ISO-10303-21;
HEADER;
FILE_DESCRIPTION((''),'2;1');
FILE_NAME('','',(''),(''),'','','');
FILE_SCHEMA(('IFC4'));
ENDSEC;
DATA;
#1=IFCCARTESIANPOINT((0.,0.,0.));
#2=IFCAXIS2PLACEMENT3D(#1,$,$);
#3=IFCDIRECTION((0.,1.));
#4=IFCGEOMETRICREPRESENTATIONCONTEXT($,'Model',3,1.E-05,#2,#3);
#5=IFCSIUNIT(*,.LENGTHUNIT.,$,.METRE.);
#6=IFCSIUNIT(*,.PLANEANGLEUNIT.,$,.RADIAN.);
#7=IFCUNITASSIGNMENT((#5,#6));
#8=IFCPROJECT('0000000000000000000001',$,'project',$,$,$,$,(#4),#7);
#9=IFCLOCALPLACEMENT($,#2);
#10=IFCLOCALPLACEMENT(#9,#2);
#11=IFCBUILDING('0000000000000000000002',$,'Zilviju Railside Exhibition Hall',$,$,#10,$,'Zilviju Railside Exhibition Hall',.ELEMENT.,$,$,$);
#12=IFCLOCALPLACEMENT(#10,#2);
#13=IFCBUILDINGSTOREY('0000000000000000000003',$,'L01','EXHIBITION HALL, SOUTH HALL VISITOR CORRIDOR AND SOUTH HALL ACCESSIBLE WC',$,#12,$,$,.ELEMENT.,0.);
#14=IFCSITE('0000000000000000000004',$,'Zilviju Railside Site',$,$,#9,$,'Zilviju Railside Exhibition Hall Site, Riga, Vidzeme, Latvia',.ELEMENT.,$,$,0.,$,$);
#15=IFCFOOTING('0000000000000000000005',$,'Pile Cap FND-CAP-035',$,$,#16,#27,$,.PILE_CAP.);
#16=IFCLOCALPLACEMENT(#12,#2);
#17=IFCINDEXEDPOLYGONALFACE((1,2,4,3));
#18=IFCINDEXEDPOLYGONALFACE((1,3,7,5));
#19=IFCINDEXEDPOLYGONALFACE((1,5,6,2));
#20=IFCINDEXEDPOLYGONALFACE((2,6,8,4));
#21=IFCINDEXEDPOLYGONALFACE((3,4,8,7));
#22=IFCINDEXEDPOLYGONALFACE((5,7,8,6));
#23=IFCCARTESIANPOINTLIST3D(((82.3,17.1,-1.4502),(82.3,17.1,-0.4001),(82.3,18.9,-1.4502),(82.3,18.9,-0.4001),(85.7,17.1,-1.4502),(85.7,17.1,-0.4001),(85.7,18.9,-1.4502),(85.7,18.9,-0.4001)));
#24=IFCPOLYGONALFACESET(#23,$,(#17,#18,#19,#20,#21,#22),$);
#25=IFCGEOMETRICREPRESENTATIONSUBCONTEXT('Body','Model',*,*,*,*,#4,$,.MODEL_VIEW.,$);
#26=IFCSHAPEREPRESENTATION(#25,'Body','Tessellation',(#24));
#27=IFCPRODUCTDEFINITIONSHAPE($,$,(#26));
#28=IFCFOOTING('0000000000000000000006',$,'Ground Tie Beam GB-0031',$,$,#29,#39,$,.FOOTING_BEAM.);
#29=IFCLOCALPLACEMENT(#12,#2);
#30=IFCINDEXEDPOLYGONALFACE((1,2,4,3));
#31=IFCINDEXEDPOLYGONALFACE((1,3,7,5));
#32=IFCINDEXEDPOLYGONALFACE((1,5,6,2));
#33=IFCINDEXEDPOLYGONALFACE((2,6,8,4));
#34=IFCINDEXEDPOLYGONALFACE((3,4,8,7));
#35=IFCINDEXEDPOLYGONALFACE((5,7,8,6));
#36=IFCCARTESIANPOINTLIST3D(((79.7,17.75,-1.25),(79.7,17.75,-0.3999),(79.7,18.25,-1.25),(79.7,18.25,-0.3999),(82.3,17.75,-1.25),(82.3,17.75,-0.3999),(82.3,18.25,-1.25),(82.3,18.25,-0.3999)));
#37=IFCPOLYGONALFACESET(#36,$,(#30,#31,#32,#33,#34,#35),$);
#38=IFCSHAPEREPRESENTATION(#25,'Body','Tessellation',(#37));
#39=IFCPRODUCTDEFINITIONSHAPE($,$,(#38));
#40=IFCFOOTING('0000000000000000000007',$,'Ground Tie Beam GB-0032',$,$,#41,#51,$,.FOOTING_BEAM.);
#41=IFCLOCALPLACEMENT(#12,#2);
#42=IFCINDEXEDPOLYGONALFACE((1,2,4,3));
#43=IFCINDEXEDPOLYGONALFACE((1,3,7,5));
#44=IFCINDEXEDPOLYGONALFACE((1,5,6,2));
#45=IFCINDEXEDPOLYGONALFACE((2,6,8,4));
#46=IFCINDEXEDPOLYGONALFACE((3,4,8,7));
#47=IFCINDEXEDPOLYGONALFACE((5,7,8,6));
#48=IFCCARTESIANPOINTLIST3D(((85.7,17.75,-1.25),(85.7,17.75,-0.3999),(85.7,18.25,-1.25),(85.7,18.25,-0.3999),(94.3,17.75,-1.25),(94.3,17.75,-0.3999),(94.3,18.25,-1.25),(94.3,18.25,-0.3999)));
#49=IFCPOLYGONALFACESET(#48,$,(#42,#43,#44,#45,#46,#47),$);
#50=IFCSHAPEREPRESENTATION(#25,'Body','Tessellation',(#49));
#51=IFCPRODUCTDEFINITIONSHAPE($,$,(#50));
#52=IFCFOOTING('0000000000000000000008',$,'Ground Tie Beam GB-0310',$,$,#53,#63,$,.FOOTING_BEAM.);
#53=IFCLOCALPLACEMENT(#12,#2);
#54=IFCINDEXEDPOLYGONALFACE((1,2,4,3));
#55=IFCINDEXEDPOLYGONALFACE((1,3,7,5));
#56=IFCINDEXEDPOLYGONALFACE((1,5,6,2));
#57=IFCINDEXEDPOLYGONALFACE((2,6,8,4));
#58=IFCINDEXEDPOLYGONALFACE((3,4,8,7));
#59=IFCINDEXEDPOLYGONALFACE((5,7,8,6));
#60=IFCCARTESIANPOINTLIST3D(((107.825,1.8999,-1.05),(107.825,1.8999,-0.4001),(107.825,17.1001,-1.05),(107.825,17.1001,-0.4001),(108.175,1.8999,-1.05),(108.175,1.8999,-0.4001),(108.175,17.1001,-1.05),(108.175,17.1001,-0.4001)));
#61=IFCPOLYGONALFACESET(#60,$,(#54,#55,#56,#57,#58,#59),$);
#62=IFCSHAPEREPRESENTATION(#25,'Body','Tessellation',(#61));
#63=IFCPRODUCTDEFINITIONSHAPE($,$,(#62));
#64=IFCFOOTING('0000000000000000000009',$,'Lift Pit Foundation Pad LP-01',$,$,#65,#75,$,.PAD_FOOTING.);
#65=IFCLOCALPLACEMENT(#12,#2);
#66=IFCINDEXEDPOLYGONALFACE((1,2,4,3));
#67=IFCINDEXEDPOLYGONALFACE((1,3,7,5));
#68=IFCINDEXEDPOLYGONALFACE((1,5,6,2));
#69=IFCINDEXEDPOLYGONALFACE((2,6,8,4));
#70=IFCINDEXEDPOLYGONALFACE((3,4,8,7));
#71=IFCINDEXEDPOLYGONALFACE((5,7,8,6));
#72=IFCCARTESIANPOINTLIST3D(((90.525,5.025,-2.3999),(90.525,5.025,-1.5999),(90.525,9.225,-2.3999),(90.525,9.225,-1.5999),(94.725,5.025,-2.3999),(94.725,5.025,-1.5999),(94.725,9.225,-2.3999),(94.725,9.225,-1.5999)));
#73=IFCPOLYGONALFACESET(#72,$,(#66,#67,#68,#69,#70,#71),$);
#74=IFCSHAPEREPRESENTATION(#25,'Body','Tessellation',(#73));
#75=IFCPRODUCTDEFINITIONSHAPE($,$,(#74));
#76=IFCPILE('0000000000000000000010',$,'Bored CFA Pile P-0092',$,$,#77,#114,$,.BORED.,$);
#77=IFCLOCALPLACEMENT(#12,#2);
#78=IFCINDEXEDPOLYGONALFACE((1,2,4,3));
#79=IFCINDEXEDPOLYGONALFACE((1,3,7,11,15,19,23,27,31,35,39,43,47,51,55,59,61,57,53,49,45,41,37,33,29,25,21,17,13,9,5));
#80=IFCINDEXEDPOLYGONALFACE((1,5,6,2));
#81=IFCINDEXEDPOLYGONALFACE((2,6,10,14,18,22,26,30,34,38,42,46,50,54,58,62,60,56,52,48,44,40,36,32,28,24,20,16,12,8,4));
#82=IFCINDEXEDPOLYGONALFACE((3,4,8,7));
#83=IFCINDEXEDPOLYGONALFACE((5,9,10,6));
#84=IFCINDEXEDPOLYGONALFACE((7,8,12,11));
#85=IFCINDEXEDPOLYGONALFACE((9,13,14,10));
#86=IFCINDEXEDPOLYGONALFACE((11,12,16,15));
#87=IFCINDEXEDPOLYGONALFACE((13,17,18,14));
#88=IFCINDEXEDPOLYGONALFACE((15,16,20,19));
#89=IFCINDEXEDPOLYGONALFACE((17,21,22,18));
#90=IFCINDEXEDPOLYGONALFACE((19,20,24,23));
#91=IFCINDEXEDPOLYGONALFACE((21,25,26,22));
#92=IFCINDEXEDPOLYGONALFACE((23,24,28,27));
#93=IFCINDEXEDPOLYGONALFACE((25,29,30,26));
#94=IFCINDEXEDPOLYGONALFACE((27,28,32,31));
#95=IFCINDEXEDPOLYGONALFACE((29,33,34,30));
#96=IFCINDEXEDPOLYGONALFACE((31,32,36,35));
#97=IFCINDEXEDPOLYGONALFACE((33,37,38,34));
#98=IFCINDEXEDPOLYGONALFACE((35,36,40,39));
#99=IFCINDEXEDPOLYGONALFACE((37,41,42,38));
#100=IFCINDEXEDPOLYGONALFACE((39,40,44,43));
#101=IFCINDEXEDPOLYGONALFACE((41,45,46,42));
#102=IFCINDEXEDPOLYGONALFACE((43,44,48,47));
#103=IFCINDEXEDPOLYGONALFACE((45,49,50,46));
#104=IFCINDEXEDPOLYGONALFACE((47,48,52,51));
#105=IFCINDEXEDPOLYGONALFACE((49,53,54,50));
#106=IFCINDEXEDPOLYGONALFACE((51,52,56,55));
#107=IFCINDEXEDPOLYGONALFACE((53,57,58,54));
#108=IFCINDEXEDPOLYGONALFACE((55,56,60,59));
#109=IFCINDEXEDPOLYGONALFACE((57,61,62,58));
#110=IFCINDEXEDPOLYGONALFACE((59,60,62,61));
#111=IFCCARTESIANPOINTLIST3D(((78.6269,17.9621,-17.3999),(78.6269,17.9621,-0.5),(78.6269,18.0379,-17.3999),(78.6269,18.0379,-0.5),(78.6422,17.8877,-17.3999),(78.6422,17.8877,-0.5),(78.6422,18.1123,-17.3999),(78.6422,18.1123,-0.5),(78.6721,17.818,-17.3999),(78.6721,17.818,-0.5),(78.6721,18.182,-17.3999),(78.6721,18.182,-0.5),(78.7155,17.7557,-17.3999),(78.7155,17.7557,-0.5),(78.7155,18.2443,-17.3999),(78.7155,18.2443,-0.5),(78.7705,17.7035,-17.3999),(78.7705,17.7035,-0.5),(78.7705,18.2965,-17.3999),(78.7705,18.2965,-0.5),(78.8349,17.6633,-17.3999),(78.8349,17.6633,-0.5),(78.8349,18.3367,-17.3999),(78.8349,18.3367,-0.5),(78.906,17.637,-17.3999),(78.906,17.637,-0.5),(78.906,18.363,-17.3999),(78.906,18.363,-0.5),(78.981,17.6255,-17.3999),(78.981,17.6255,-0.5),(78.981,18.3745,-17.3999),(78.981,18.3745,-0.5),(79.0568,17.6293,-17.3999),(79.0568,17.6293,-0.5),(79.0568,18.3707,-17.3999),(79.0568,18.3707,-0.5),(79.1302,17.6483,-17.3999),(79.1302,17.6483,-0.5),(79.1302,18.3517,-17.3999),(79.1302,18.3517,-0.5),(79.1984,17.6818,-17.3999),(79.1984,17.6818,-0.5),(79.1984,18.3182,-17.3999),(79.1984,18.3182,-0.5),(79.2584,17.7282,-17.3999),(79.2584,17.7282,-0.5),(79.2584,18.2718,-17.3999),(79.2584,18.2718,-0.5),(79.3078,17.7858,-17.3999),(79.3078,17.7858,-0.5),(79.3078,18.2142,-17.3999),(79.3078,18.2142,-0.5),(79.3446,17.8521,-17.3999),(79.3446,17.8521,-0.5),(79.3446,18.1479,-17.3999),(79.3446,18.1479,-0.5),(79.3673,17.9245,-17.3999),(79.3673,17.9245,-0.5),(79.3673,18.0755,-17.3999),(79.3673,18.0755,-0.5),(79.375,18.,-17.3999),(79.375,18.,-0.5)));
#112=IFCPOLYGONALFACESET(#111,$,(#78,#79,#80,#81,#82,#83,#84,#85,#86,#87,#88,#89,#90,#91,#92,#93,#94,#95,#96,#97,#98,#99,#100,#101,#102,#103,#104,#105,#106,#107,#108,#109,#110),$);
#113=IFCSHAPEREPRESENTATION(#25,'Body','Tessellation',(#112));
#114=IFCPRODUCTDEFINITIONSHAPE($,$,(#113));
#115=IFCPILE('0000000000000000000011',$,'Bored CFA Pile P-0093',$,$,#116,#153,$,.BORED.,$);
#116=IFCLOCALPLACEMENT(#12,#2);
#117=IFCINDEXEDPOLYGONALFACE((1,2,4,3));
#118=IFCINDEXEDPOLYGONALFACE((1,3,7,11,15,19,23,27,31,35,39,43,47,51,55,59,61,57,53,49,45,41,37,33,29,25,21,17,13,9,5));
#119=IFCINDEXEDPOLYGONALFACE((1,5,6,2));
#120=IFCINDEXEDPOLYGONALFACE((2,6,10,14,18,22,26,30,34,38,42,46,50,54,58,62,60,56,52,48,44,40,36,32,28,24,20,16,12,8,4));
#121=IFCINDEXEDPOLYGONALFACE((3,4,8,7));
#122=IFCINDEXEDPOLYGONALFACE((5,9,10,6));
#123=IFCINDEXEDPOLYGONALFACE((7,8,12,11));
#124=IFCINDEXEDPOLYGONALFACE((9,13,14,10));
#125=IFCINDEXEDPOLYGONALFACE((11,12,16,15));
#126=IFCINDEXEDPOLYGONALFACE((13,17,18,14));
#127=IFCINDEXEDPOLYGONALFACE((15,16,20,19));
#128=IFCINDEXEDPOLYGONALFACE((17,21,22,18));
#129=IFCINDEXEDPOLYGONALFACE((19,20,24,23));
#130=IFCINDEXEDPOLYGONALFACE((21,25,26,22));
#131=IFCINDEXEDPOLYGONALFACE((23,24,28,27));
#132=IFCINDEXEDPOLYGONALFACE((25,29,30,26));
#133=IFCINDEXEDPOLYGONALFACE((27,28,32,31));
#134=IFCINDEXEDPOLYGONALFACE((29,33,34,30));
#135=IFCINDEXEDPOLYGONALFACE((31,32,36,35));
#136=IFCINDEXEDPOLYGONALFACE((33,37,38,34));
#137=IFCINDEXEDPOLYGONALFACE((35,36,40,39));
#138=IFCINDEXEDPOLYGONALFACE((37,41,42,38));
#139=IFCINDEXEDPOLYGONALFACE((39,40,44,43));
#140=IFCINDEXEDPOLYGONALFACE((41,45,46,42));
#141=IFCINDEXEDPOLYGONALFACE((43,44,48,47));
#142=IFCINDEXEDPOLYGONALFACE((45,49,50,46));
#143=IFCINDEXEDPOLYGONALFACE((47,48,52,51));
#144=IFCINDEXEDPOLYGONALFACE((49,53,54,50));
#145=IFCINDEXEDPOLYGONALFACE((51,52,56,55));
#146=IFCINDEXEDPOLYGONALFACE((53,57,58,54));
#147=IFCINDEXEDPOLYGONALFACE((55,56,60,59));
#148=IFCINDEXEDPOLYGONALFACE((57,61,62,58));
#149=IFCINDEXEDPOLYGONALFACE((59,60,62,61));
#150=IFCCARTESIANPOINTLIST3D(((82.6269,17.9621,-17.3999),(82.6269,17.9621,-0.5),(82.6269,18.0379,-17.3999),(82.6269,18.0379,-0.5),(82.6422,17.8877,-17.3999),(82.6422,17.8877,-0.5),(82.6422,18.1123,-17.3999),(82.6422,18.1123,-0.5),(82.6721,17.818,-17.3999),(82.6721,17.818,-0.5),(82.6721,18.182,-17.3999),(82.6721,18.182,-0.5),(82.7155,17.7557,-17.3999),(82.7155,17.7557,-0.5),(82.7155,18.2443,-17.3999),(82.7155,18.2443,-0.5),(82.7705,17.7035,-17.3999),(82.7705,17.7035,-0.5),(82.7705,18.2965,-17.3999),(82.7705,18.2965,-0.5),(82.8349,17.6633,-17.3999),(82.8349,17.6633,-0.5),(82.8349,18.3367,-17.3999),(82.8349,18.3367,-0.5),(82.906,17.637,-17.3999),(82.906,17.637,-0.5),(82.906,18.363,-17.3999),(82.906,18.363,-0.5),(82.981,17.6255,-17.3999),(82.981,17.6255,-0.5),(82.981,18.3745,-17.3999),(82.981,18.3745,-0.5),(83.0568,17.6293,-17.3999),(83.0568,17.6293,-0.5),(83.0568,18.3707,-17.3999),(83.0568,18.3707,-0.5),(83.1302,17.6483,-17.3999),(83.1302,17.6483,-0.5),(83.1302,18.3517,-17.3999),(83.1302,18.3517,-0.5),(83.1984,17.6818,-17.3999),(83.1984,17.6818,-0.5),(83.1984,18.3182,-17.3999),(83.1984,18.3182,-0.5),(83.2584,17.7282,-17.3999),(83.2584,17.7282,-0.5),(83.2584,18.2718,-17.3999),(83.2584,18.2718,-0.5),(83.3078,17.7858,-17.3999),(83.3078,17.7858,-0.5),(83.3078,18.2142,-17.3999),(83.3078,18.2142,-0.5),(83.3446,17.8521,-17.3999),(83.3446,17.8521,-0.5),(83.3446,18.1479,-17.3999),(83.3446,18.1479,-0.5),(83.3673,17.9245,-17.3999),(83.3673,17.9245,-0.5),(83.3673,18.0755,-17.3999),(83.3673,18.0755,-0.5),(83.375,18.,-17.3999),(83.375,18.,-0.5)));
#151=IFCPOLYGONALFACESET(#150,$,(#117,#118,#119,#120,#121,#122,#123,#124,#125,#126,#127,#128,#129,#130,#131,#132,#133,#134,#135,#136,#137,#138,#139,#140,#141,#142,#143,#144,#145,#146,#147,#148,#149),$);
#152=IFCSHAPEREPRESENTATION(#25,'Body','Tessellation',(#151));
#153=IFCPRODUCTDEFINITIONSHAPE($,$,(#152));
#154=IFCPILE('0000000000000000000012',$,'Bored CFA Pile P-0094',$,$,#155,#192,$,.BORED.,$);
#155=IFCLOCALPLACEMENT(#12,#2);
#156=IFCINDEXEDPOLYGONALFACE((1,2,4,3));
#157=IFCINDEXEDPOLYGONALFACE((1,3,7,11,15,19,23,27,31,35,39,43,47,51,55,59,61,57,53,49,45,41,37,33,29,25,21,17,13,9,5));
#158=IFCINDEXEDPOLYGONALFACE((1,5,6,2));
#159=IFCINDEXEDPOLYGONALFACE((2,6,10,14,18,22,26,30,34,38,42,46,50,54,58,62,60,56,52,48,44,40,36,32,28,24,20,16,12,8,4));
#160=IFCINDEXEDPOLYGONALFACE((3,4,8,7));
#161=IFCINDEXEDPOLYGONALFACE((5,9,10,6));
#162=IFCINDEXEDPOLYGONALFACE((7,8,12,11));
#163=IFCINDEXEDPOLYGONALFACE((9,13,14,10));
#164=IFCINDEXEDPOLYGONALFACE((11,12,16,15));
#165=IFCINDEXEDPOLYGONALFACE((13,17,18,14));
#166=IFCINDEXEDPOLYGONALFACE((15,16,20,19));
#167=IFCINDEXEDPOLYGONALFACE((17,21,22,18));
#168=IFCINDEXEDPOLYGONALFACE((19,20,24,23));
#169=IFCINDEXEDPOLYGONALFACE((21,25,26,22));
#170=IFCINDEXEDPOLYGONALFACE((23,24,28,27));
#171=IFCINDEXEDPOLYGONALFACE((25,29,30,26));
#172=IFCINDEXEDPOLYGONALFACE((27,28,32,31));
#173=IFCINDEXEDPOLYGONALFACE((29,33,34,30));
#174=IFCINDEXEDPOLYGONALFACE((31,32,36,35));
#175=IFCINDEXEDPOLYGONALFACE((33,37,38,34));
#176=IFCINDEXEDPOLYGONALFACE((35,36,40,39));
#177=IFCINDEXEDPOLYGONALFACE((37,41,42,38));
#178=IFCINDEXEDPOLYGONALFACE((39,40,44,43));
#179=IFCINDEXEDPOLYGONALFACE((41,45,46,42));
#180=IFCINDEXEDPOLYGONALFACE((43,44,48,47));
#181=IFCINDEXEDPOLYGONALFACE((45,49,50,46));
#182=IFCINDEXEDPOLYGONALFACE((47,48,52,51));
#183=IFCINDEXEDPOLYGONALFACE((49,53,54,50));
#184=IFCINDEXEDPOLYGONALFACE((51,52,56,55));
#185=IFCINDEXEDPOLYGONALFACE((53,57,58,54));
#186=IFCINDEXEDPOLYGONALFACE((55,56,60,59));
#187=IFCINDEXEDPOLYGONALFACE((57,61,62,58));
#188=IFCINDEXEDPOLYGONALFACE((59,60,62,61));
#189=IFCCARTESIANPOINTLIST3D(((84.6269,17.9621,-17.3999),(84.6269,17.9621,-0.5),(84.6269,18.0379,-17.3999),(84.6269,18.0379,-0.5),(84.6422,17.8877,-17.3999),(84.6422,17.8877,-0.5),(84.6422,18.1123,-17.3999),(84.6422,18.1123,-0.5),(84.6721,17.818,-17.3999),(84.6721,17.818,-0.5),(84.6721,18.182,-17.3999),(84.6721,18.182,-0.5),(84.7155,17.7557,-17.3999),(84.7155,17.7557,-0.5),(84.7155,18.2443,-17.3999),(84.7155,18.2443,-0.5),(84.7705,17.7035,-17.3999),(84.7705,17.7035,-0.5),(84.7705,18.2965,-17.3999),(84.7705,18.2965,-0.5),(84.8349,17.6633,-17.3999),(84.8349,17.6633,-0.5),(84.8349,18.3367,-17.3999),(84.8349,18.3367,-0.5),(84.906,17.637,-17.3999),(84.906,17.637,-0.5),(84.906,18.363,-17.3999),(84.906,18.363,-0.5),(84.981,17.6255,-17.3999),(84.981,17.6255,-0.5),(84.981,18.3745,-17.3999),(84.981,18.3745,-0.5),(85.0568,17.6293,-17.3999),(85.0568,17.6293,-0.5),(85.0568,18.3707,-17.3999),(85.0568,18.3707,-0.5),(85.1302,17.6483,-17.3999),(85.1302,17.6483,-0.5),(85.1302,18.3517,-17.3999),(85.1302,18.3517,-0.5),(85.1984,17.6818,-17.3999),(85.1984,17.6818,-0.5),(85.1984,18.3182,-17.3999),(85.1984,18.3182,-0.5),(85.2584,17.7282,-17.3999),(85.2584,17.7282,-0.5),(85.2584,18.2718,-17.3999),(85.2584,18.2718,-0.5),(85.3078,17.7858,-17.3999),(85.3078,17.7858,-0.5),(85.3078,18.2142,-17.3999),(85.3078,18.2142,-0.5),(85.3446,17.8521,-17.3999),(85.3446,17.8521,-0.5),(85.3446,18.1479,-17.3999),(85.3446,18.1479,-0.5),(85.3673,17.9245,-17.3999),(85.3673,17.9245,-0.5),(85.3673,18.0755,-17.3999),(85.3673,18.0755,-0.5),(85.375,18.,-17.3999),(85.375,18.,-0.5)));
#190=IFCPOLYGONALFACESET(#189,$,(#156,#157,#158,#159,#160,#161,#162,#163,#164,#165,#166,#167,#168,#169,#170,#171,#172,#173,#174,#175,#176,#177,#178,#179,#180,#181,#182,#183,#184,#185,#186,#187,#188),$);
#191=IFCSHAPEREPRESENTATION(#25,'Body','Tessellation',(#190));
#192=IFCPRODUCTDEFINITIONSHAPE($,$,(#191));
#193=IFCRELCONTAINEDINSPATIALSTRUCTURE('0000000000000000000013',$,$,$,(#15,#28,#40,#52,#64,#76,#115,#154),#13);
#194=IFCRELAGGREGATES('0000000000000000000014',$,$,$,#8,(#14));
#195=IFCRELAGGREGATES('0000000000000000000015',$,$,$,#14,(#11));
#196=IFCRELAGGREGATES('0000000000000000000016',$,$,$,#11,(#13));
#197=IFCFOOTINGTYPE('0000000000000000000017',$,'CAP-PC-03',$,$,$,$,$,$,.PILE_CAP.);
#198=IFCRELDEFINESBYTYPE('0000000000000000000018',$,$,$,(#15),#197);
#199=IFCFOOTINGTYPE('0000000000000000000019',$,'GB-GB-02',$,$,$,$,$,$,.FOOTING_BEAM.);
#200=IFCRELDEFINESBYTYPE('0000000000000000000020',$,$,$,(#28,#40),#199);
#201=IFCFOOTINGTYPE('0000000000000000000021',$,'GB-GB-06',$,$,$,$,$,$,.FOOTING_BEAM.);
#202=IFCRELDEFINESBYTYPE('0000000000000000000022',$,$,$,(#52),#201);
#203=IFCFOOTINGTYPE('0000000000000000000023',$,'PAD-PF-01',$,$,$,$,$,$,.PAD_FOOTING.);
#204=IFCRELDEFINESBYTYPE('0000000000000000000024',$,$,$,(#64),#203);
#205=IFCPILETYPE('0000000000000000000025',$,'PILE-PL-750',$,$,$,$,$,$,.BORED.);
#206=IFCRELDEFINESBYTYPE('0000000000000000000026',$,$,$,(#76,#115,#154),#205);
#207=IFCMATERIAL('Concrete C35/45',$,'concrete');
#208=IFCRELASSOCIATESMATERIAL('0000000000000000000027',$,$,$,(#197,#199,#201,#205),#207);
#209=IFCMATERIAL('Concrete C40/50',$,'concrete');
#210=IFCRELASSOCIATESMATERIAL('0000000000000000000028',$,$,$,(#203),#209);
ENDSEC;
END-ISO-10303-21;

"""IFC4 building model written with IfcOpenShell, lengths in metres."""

from ifc_helpers import new_model, si_unit, direction, frame, origin, origin_2d, place, context, subcontext, project, spatial, rectangle, circle, extrude, material, material_profile, profile_set, type_object, element, save


model = new_model("IFC4")

# Units and contexts
model_context = context("Model", 3, precision=1e-05, world=origin(), true_north=direction((0.0, 1.0)))
body_context = subcontext(model_context, "Body", "Model", "MODEL_VIEW")
ifc_project = project(units=[si_unit("LENGTHUNIT", "METRE"), si_unit("PLANEANGLEUNIT", "RADIAN")], contexts=[model_context])

# Site, building, storey
site_placement = place(None, origin())
site = spatial("IfcSite", under=ifc_project, at=site_placement, Name="Zilviju Railside Site", LongName="Zilviju Railside Exhibition Hall Site, Riga, Vidzeme, Latvia", CompositionType="ELEMENT", RefElevation=0.0)
building_placement = place(site_placement, origin())
building = spatial("IfcBuilding", under=site, at=building_placement, Name="Zilviju Railside Exhibition Hall", LongName="Zilviju Railside Exhibition Hall", CompositionType="ELEMENT")
storey_placement = place(building_placement, origin())
storey = spatial("IfcBuildingStorey", under=building, at=storey_placement, Name="L01", Description="EXHIBITION HALL, SOUTH HALL VISITOR CORRIDOR AND SOUTH HALL ACCESSIBLE WC", CompositionType="ELEMENT", Elevation=0.0)

# Footings
ifc_material_1 = material(Name="Concrete C35/45", Category="concrete")
footing_type_1 = type_object("IfcFootingType", Name="CAP-PC-03", PredefinedType="PILE_CAP", material=ifc_material_1)
footing_1_placement = place(storey_placement, frame((84.0, 18.0, -1.4502), z_axis=(0.0, 0.0, 1.0), x_axis=(1.0, 0.0, 0.0)))
element("IfcFooting", 1, at=footing_1_placement, inside=storey, type_object=footing_type_1, Name="Pile Cap FND-CAP-035", PredefinedType="PILE_CAP", context=body_context, shape_type="SweptSolid", body=[
    extrude(rectangle(XDim=3.3999, YDim=1.8, at=origin_2d()), origin(), (0.0, 0.0, 1.0), 1.05),
])
ifc_material_profile_1 = material_profile(ifc_material_1, rectangle(XDim=0.5, YDim=0.8501, at=origin_2d()), Name="TIE BEAM 500x850")
ifc_profile_set_1 = profile_set([ifc_material_profile_1], Name="Concrete C35/45")
footing_type_2 = type_object("IfcFootingType", Name="GB-GB-02", PredefinedType="FOOTING_BEAM", material=ifc_profile_set_1)
footing_2_placement = place(storey_placement, frame((79.7, 18.0, -0.825), z_axis=(1.0, 0.0, 0.0), x_axis=(0.0, 1.0, 0.0)))
element("IfcFooting", 2, at=footing_2_placement, inside=storey, type_object=footing_type_2, Name="Ground Tie Beam GB-0031", PredefinedType="FOOTING_BEAM", context=body_context, shape_type="SweptSolid", body=[
    extrude(rectangle(XDim=0.5, YDim=0.8501, at=origin_2d()), origin(), (0.0, 0.0, 1.0), 2.6001),
])
footing_3_placement = place(storey_placement, frame((85.7, 18.0, -0.825), z_axis=(1.0, 0.0, 0.0), x_axis=(0.0, 1.0, 0.0)))
element("IfcFooting", 3, at=footing_3_placement, inside=storey, type_object=footing_type_2, Name="Ground Tie Beam GB-0032", PredefinedType="FOOTING_BEAM", context=body_context, shape_type="SweptSolid", body=[
    extrude(rectangle(XDim=0.5, YDim=0.8501, at=origin_2d()), origin(), (0.0, 0.0, 1.0), 8.6001),
])
ifc_material_profile_2 = material_profile(ifc_material_1, rectangle(XDim=0.3501, YDim=0.6499, at=origin_2d()), Name="TIE BEAM 350x650")
ifc_profile_set_2 = profile_set([ifc_material_profile_2], Name="Concrete C35/45")
footing_type_3 = type_object("IfcFootingType", Name="GB-GB-06", PredefinedType="FOOTING_BEAM", material=ifc_profile_set_2)
footing_4_placement = place(storey_placement, frame((108.0, 1.8999, -0.7251), z_axis=(0.0, 1.0, 0.0), x_axis=(-1.0, 0.0, 0.0)))
element("IfcFooting", 4, at=footing_4_placement, inside=storey, type_object=footing_type_3, Name="Ground Tie Beam GB-0310", PredefinedType="FOOTING_BEAM", context=body_context, shape_type="SweptSolid", body=[
    extrude(rectangle(XDim=0.3501, YDim=0.6499, at=origin_2d()), origin(), (0.0, 0.0, 1.0), 15.2002),
])
ifc_material_2 = material(Name="Concrete C40/50", Category="concrete")
footing_type_4 = type_object("IfcFootingType", Name="PAD-PF-01", PredefinedType="PAD_FOOTING", material=ifc_material_2)
footing_5_placement = place(storey_placement, frame((92.625, 7.125, -2.3999), z_axis=(0.0, 0.0, 1.0), x_axis=(1.0, 0.0, 0.0)))
element("IfcFooting", 5, at=footing_5_placement, inside=storey, type_object=footing_type_4, Name="Lift Pit Foundation Pad LP-01", PredefinedType="PAD_FOOTING", context=body_context, shape_type="SweptSolid", body=[
    extrude(rectangle(XDim=4.2, YDim=4.2, at=origin_2d()), origin(), (0.0, 0.0, 1.0), 0.8),
])

# Piles
ifc_material_profile_3 = material_profile(ifc_material_1, circle(Radius=0.375, at=origin_2d()), Name="CFA PILE D750")
ifc_profile_set_3 = profile_set([ifc_material_profile_3], Name="Concrete C35/45")
pile_type = type_object("IfcPileType", Name="PILE-PL-750", PredefinedType="BORED", material=ifc_profile_set_3)
for number, where, z_axis, x_axis, name in (
    (6, (79.0, 18.0, -0.5), (0.0, 0.0, -1.0), (1.0, 0.0, 0.0), "Bored CFA Pile P-0092"),
    (7, (83.0, 18.0, -0.5), (0.0, 0.0, -1.0), (1.0, 0.0, 0.0), "Bored CFA Pile P-0093"),
    (8, (85.0, 18.0, -0.5), (0.0, 0.0, -1.0), (1.0, 0.0, 0.0), "Bored CFA Pile P-0094"),
):
    element("IfcPile", number, at=place(storey_placement, frame(where, z_axis=z_axis, x_axis=x_axis)), inside=storey, type_object=pile_type, Name=name, PredefinedType="BORED", context=body_context, shape_type="SweptSolid", body=[
        extrude(circle(Radius=0.375, at=origin_2d()), origin(), (0.0, 0.0, 1.0), 16.8999),
    ])

save(model, "model.ifc")
